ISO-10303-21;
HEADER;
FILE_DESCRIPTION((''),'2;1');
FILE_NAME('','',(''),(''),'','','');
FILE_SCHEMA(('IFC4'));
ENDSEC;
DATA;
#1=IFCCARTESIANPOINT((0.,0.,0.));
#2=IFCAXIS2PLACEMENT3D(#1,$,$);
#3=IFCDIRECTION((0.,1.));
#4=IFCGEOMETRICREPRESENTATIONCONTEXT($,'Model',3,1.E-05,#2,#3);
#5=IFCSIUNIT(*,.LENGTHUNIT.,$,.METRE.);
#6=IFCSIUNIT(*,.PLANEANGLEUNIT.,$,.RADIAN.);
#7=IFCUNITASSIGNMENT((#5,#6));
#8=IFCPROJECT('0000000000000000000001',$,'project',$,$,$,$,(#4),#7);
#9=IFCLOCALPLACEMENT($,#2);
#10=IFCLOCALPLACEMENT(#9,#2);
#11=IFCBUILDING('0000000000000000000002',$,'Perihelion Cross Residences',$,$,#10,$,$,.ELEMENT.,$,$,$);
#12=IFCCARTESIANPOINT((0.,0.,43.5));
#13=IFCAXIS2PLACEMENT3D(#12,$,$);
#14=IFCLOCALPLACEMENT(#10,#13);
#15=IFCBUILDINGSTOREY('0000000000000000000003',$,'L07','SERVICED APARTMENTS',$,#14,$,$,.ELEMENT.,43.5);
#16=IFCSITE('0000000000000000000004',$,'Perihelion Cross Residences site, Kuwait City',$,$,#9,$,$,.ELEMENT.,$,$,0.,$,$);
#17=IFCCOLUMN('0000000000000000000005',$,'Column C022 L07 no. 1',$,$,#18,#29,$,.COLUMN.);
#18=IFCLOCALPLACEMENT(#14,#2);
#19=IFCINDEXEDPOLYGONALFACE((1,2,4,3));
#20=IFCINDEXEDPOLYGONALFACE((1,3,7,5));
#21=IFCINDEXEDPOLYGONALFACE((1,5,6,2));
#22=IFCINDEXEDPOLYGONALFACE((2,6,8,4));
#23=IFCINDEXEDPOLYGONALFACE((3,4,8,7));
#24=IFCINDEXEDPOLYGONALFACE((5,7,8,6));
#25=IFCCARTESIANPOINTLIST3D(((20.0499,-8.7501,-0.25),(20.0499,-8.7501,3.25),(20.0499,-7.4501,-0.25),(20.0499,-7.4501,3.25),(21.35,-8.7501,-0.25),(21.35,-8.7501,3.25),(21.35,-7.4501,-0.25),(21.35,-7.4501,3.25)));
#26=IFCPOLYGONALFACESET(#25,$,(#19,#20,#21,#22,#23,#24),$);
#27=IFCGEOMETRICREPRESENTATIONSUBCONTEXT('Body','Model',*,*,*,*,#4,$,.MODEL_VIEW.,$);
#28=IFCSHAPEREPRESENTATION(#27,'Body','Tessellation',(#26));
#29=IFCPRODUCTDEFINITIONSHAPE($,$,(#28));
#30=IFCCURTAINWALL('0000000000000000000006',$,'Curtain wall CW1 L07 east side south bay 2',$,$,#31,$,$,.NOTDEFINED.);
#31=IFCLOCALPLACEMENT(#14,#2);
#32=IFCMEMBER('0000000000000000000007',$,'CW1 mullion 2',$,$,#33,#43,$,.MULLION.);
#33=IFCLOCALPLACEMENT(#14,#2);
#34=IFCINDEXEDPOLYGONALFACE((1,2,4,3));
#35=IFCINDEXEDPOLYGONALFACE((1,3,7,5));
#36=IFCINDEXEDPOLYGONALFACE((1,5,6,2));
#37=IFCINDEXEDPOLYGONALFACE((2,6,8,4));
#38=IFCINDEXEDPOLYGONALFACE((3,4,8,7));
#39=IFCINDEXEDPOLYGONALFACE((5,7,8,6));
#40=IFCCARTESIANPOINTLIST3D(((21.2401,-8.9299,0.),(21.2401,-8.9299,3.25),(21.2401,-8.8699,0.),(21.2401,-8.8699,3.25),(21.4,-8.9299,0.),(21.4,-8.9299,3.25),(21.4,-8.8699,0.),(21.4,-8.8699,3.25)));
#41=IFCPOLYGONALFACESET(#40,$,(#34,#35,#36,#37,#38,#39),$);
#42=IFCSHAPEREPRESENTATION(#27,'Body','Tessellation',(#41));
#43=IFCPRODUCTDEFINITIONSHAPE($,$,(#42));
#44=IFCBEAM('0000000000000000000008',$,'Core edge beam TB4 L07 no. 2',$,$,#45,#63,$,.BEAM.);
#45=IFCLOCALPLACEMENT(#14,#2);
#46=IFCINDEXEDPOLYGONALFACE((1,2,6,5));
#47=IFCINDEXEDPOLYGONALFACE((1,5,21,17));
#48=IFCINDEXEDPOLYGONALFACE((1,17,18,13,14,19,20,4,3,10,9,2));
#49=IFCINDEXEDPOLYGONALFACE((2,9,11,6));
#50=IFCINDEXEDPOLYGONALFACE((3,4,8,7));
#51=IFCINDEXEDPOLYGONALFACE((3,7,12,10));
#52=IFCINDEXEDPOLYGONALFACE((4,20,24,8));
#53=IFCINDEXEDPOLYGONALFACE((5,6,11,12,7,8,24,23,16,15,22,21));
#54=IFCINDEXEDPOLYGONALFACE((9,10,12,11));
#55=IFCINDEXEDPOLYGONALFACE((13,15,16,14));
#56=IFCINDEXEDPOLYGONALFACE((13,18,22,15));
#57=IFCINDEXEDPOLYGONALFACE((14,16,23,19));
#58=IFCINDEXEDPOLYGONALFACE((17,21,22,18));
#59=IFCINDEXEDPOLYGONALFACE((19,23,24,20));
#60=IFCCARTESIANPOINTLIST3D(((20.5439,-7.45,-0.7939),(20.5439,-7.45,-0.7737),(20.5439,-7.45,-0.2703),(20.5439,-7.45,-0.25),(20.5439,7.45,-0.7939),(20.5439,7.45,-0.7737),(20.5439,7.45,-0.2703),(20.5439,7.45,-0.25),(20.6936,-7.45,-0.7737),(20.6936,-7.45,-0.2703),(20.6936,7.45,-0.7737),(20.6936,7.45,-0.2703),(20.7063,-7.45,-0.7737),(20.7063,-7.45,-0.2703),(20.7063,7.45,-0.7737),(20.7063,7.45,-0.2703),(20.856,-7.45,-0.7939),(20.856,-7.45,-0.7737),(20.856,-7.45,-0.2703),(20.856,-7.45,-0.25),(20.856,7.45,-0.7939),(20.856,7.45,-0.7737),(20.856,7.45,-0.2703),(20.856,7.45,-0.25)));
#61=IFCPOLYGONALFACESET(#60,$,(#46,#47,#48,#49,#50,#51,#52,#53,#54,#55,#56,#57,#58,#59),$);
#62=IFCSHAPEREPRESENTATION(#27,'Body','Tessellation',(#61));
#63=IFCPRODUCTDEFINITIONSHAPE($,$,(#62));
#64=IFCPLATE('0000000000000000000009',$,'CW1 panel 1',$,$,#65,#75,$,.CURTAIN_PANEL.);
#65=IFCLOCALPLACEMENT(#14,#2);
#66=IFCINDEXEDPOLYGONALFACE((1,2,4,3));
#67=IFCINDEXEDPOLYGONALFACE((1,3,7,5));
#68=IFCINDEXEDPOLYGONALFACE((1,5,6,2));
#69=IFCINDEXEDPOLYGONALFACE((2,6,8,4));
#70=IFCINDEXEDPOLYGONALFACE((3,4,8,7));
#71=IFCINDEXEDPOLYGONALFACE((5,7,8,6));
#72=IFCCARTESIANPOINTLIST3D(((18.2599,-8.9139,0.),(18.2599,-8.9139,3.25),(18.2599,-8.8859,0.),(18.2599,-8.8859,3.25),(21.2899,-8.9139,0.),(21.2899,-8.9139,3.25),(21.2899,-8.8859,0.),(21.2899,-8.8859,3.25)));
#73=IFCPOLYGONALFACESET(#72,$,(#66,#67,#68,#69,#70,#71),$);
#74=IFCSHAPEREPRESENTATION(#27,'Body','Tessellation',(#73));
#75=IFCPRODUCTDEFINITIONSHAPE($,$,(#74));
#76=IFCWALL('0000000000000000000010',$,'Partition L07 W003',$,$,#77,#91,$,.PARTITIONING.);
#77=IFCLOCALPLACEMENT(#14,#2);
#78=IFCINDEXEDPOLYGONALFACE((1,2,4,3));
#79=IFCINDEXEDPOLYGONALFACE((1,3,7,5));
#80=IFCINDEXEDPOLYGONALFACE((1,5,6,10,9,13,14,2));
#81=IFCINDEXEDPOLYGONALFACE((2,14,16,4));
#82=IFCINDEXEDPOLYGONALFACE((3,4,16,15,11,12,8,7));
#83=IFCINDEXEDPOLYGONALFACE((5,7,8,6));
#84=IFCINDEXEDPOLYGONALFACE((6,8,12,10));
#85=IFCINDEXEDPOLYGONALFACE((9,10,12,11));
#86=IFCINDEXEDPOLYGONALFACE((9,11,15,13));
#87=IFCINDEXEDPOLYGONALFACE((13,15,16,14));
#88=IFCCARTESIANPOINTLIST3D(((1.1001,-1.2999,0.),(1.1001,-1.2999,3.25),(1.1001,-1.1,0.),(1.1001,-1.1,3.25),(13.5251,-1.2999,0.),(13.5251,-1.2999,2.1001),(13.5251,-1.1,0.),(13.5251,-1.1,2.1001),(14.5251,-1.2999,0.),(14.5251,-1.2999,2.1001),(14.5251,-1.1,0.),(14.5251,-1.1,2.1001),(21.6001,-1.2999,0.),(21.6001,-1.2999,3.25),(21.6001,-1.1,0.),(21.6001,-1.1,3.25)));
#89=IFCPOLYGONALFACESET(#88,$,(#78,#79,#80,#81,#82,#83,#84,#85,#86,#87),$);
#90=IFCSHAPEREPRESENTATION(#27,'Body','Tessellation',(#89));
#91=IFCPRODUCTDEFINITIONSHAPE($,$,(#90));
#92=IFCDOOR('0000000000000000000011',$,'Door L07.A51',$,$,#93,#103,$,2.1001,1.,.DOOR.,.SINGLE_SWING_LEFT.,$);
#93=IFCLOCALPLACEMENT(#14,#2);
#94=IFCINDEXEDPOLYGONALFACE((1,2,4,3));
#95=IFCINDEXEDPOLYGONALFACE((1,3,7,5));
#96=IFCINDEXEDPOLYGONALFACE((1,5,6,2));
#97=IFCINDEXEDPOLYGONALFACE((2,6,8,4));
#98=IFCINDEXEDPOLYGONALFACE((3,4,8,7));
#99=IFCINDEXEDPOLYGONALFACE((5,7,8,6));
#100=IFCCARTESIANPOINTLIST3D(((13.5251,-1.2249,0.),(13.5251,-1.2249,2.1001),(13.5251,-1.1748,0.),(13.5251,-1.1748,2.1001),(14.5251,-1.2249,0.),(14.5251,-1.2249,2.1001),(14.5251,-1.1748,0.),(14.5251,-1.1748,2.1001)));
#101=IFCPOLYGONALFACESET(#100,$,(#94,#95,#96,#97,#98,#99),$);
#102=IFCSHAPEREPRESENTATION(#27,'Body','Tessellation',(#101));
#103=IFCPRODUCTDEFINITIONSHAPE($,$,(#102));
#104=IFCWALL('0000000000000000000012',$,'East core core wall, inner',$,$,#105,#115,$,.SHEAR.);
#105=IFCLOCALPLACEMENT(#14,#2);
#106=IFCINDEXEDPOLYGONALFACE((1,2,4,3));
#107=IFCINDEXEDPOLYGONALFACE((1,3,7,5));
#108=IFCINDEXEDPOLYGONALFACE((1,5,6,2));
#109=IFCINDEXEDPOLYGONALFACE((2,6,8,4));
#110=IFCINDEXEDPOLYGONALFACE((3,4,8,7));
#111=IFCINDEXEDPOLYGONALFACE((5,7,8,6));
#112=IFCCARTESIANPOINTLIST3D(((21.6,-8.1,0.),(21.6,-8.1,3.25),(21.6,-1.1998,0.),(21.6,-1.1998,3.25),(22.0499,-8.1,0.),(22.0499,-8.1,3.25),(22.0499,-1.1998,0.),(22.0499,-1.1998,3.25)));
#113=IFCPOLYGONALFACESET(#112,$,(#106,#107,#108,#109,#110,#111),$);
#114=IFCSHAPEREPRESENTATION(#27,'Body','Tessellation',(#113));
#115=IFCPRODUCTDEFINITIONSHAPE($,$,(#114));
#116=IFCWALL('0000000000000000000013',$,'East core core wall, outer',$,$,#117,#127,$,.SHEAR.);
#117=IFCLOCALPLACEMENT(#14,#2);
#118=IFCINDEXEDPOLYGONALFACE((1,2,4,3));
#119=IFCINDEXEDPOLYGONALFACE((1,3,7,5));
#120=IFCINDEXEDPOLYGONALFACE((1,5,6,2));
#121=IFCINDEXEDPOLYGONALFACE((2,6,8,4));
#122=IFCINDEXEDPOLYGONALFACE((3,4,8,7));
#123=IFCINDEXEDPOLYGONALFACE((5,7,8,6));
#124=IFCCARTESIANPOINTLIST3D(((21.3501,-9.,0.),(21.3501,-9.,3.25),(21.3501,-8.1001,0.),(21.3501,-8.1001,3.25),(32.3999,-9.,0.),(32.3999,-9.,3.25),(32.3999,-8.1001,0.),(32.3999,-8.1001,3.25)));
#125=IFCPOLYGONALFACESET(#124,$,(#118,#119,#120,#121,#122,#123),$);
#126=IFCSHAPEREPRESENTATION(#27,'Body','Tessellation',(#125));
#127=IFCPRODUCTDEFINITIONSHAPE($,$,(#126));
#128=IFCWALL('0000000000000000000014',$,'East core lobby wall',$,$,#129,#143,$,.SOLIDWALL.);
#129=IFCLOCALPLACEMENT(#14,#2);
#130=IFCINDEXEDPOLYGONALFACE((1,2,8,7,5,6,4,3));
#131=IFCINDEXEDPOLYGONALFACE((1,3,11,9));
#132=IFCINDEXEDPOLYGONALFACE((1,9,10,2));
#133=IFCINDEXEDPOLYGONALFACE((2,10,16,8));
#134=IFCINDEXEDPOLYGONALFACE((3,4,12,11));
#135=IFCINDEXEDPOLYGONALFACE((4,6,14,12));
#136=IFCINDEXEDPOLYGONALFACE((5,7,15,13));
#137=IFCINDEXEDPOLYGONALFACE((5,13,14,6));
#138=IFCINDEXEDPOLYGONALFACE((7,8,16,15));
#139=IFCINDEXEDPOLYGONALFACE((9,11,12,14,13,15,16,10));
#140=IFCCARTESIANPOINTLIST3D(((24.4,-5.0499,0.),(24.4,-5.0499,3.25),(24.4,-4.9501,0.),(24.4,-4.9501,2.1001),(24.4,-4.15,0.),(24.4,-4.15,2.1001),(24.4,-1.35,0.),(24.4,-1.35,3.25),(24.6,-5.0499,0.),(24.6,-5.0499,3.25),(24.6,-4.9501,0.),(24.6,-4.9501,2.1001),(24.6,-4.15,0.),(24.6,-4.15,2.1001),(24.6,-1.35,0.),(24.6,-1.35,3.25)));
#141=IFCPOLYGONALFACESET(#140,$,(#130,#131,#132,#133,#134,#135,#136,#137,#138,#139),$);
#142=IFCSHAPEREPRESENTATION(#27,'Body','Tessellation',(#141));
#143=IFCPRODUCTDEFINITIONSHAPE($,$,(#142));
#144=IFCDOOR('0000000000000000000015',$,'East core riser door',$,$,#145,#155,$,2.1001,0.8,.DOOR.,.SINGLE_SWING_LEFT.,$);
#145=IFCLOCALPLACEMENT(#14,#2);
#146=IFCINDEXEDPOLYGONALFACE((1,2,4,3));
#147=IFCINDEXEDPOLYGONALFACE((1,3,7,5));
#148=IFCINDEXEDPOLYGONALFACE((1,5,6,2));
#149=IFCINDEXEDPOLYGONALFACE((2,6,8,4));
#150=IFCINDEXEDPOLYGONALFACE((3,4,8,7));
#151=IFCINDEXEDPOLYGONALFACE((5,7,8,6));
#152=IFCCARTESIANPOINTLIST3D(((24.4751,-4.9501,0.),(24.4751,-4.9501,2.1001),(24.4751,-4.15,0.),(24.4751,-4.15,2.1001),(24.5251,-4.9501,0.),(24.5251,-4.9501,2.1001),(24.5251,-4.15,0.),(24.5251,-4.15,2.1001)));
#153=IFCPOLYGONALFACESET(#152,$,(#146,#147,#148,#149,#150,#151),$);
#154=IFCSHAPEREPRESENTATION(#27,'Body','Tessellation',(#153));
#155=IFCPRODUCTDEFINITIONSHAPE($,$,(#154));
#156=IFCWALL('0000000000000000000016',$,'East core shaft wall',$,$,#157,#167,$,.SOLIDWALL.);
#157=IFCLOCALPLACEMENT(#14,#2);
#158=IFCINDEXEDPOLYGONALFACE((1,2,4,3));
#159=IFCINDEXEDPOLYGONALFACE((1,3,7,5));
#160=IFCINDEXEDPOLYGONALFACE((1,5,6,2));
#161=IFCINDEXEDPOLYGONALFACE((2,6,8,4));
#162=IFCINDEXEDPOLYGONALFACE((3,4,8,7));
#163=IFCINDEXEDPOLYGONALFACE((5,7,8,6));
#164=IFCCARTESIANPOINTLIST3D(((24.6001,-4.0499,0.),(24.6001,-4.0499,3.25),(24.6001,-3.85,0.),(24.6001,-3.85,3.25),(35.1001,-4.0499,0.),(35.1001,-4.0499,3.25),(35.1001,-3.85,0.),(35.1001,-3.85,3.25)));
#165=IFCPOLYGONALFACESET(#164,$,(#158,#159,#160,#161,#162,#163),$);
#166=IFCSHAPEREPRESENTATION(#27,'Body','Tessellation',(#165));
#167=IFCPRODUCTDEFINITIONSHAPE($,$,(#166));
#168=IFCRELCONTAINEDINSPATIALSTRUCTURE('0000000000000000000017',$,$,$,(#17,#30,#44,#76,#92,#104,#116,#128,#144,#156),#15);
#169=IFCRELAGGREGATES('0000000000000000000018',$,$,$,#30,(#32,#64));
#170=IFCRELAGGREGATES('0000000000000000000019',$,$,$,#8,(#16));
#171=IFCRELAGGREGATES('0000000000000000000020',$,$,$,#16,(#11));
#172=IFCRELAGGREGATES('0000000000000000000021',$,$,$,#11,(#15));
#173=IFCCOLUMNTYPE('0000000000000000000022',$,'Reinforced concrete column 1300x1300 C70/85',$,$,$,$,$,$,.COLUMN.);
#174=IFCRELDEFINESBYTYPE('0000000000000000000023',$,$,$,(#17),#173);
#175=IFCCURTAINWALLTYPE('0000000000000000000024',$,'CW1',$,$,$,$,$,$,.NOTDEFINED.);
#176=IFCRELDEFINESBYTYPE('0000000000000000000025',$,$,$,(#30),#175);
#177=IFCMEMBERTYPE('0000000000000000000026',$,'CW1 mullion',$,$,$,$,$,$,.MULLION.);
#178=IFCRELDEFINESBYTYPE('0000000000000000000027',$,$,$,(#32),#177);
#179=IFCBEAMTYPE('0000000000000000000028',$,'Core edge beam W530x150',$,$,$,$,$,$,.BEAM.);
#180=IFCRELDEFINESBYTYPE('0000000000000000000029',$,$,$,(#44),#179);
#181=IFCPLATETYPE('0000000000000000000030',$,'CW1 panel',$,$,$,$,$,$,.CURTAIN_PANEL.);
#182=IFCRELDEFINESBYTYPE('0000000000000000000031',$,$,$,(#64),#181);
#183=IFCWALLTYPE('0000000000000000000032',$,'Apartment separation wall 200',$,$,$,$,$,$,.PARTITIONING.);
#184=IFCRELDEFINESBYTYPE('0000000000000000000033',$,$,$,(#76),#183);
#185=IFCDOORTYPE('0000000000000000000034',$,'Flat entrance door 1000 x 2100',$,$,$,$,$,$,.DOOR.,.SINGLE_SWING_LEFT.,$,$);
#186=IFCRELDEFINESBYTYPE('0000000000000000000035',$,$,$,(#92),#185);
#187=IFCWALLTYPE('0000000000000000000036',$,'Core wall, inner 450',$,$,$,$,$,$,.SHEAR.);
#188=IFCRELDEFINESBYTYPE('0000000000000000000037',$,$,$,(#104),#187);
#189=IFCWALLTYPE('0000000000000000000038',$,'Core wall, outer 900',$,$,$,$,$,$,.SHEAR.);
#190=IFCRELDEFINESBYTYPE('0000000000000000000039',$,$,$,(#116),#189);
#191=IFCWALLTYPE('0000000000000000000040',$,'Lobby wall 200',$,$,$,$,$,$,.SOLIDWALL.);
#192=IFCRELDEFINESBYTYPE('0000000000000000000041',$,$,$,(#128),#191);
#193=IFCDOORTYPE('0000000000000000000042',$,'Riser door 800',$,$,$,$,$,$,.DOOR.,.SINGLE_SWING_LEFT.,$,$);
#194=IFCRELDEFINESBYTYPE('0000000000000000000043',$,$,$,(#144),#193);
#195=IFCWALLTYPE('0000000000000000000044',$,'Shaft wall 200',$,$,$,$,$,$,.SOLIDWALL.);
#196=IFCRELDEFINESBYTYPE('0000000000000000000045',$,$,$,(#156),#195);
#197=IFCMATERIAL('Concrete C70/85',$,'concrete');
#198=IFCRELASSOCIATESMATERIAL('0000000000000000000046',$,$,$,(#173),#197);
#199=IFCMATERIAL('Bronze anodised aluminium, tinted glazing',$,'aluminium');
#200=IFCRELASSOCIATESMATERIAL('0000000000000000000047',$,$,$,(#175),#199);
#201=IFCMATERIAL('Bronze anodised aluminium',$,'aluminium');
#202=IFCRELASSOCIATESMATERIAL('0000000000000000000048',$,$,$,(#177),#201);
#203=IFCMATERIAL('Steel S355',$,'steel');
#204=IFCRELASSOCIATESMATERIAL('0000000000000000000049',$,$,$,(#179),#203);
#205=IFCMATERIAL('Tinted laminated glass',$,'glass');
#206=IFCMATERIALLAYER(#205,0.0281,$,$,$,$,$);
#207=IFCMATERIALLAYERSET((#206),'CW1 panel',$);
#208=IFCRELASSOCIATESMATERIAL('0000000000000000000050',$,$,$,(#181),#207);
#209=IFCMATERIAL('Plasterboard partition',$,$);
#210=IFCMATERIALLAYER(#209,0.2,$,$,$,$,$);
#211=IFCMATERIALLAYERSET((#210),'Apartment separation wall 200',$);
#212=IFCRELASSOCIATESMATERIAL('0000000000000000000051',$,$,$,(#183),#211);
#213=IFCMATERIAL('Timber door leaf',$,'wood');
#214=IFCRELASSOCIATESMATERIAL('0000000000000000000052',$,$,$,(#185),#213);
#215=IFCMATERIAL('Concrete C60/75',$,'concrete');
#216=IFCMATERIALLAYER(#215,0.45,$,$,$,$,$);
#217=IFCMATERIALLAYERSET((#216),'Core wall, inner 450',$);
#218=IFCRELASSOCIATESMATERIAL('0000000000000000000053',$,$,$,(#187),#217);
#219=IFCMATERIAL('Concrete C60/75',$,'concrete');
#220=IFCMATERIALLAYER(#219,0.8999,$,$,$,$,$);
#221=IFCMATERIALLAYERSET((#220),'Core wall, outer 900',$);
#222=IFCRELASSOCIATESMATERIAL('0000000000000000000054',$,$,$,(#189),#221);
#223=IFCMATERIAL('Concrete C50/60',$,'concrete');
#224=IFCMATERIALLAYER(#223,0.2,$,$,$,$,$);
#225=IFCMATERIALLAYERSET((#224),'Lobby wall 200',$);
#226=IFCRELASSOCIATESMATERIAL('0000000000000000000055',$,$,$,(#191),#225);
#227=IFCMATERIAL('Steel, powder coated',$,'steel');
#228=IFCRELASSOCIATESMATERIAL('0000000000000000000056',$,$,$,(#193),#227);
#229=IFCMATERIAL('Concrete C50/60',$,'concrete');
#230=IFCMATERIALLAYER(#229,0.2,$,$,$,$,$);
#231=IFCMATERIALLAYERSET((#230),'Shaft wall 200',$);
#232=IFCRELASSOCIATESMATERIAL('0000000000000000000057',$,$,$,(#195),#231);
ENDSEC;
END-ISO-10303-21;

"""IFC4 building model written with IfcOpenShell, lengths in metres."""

from ifc_helpers import new_model, si_unit, direction, frame, frame_2d, origin, origin_2d, place, context, subcontext, project, spatial, rectangle, i_section, extrude, material, layer, layer_set, material_profile, profile_set, type_object, element, fill, aggregate, save


model = new_model("IFC4")

# Units and contexts
model_context = context("Model", 3, precision=1e-05, world=origin(), true_north=direction((0.0, 1.0)))
body_context = subcontext(model_context, "Body", "Model", "MODEL_VIEW")
ifc_project = project(units=[si_unit("LENGTHUNIT", "METRE"), si_unit("PLANEANGLEUNIT", "RADIAN")], contexts=[model_context])

# Site, building, storey
site_placement = place(None, origin())
site = spatial("IfcSite", under=ifc_project, at=site_placement, Name="Perihelion Cross Residences site, Kuwait City", CompositionType="ELEMENT", RefElevation=0.0)
building_placement = place(site_placement, origin())
building = spatial("IfcBuilding", under=site, at=building_placement, Name="Perihelion Cross Residences", CompositionType="ELEMENT")
storey_placement = place(building_placement, frame((0.0, 0.0, 43.5)))
storey = spatial("IfcBuildingStorey", under=building, at=storey_placement, Name="L07", Description="SERVICED APARTMENTS", CompositionType="ELEMENT", Elevation=43.5)

# Column
ifc_material_1 = material(Name="Concrete C70/85", Category="concrete")
ifc_material_profile_1 = material_profile(ifc_material_1, rectangle(XDim=1.3, YDim=1.3, at=origin_2d()), Name="RC 1300x1300")
ifc_profile_set_1 = profile_set([ifc_material_profile_1], Name="Concrete C70/85")
column_type = type_object("IfcColumnType", Name="Reinforced concrete column 1300x1300 C70/85", PredefinedType="COLUMN", material=ifc_profile_set_1)
column_placement = place(storey_placement, frame((20.7, -8.1001, -0.25), z_axis=(0.0, 0.0, 1.0), x_axis=(1.0, 0.0, 0.0)))
element("IfcColumn", 1, at=column_placement, inside=storey, type_object=column_type, Name="Column C022 L07 no. 1", PredefinedType="COLUMN", context=body_context, shape_type="SweptSolid", body=[
    extrude(rectangle(XDim=1.3, YDim=1.3, at=origin_2d()), origin(), (0.0, 0.0, 1.0), 3.5),
])

# Curtain wall, member
ifc_material_2 = material(Name="Bronze anodised aluminium, tinted glazing", Category="aluminium")
curtain_wall_type = type_object("IfcCurtainWallType", Name="CW1", PredefinedType="NOTDEFINED", material=ifc_material_2)
curtain_wall_placement = place(storey_placement, origin())
curtain_wall = element("IfcCurtainWall", 2, at=curtain_wall_placement, inside=storey, type_object=curtain_wall_type, Name="Curtain wall CW1 L07 east side south bay 2", PredefinedType="NOTDEFINED")
ifc_material_3 = material(Name="Bronze anodised aluminium", Category="aluminium")
ifc_material_profile_2 = material_profile(ifc_material_3, rectangle(XDim=0.0601, YDim=0.1599, at=origin_2d()), Name="CW1 mullion")
ifc_profile_set_2 = profile_set([ifc_material_profile_2], Name="Bronze anodised aluminium")
member_type = type_object("IfcMemberType", Name="CW1 mullion", PredefinedType="MULLION", material=ifc_profile_set_2)
member_placement = place(storey_placement, frame((21.3201, -8.8999, 0.0), z_axis=(0.0, 0.0, 1.0), x_axis=(0.0, 1.0, 0.0)))
member = element("IfcMember", 3, at=member_placement, type_object=member_type, Name="CW1 mullion 2", PredefinedType="MULLION", context=body_context, shape_type="SweptSolid", body=[
    extrude(rectangle(XDim=0.0601, YDim=0.1599, at=origin_2d()), origin(), (0.0, 0.0, 1.0), 3.25),
])

# Beam
ifc_material_4 = material(Name="Steel S355", Category="steel")
ifc_material_profile_3 = material_profile(ifc_material_4, i_section(OverallWidth=0.312, OverallDepth=0.5439, WebThickness=0.0127, FlangeThickness=0.0203, at=origin_2d()), Name="W530x150")
ifc_profile_set_3 = profile_set([ifc_material_profile_3], Name="Steel S355")
beam_type = type_object("IfcBeamType", Name="Core edge beam W530x150", PredefinedType="BEAM", material=ifc_profile_set_3)
beam_placement = place(storey_placement, frame((20.7, -7.45, -0.522), z_axis=(0.0, 1.0, 0.0), x_axis=(-1.0, 0.0, 0.0)))
element("IfcBeam", 4, at=beam_placement, inside=storey, type_object=beam_type, Name="Core edge beam TB4 L07 no. 2", PredefinedType="BEAM", context=body_context, shape_type="SweptSolid", body=[
    extrude(i_section(OverallWidth=0.312, OverallDepth=0.5439, WebThickness=0.0127, FlangeThickness=0.0203, at=origin_2d()), origin(), (0.0, 0.0, 1.0), 14.8999),
])

# Plate
ifc_material_5 = material(Name="Tinted laminated glass", Category="glass")
ifc_layer_1 = layer(ifc_material_5, 0.0281)
ifc_layer_set_1 = layer_set([ifc_layer_1], Name="CW1 panel")
plate_type = type_object("IfcPlateType", Name="CW1 panel", PredefinedType="CURTAIN_PANEL", material=ifc_layer_set_1)
plate_placement = place(storey_placement, frame((19.7749, -8.8999, 0.0), z_axis=(0.0, 0.0, 1.0), x_axis=(1.0, 0.0, 0.0)))
plate = element("IfcPlate", 5, at=plate_placement, type_object=plate_type, Name="CW1 panel 1", PredefinedType="CURTAIN_PANEL", context=body_context, shape_type="SweptSolid", body=[
    extrude(rectangle(XDim=3.03, YDim=0.0281, at=origin_2d()), origin(), (0.0, 0.0, 1.0), 3.25),
])
aggregate(curtain_wall, [member, plate])

# Wall, opening, door
ifc_material_6 = material(Name="Plasterboard partition")
ifc_layer_2 = layer(ifc_material_6, 0.2)
ifc_layer_set_2 = layer_set([ifc_layer_2], Name="Apartment separation wall 200")
wall_type_1 = type_object("IfcWallType", Name="Apartment separation wall 200", PredefinedType="PARTITIONING", material=ifc_layer_set_2)
wall_1_placement = place(storey_placement, frame((21.6001, -1.2, 0.0), z_axis=(0.0, 0.0, 1.0), x_axis=(-1.0, 0.0, 0.0)))
wall_1 = element("IfcWall", 6, at=wall_1_placement, inside=storey, type_object=wall_type_1, Name="Partition L07 W003", PredefinedType="PARTITIONING", context=body_context, shape_type="SweptSolid", body=[
    extrude(rectangle(XDim=20.5, YDim=0.2, at=frame_2d((10.25, 0.0))), origin(), (0.0, 0.0, 1.0), 3.25),
])
opening_1_placement = place(wall_1_placement, frame((7.075, 0.0, 0.0)))
opening_1 = element("IfcOpeningElement", 7, at=opening_1_placement, cuts=wall_1, PredefinedType="OPENING", context=body_context, shape_type="SweptSolid", body=[
    extrude(rectangle(XDim=1.0, YDim=2.1001, at=frame_2d((0.5, 1.05))), frame((0.0, 0.1099, 0.0), z_axis=(0.0, -1.0, 0.0), x_axis=(1.0, 0.0, 0.0)), (0.0, 0.0, 1.0), 0.22),
])
ifc_material_7 = material(Name="Timber door leaf", Category="wood")
door_type_1 = type_object("IfcDoorType", Name="Flat entrance door 1000 x 2100", OperationType="SINGLE_SWING_LEFT", PredefinedType="DOOR", material=ifc_material_7)
door_1_placement = place(opening_1_placement, origin())
door_1 = element("IfcDoor", 8, at=door_1_placement, inside=storey, type_object=door_type_1, Name="Door L07.A51", OperationType="SINGLE_SWING_LEFT", OverallHeight=2.1001, OverallWidth=1.0, PredefinedType="DOOR", context=body_context, shape_type="SweptSolid", body=[
    extrude(rectangle(XDim=1.0, YDim=2.1001, at=frame_2d((0.5, 1.05))), frame((0.0, 0.0249, 0.0), z_axis=(0.0, -1.0, 0.0), x_axis=(1.0, 0.0, 0.0)), (0.0, 0.0, 1.0), 0.05),
])
fill(opening_1, door_1)

# Walls
ifc_material_8 = material(Name="Concrete C60/75", Category="concrete")
ifc_layer_3 = layer(ifc_material_8, 0.45)
ifc_layer_set_3 = layer_set([ifc_layer_3], Name="Core wall, inner 450")
wall_type_2 = type_object("IfcWallType", Name="Core wall, inner 450", PredefinedType="SHEAR", material=ifc_layer_set_3)
wall_2_placement = place(storey_placement, frame((21.825, -8.1001, 0.0), z_axis=(0.0, 0.0, 1.0), x_axis=(0.0, 1.0, 0.0)))
element("IfcWall", 9, at=wall_2_placement, inside=storey, type_object=wall_type_2, Name="East core core wall, inner", PredefinedType="SHEAR", context=body_context, shape_type="SweptSolid", body=[
    extrude(rectangle(XDim=6.9001, YDim=0.45, at=frame_2d((3.4502, 0.0))), origin(), (0.0, 0.0, 1.0), 3.25),
])
ifc_material_9 = material(Name="Concrete C60/75", Category="concrete")
ifc_layer_4 = layer(ifc_material_9, 0.8999)
ifc_layer_set_4 = layer_set([ifc_layer_4], Name="Core wall, outer 900")
wall_type_3 = type_object("IfcWallType", Name="Core wall, outer 900", PredefinedType="SHEAR", material=ifc_layer_set_4)
wall_3_placement = place(storey_placement, frame((21.3501, -8.55, 0.0), z_axis=(0.0, 0.0, 1.0), x_axis=(1.0, 0.0, 0.0)))
element("IfcWall", 10, at=wall_3_placement, inside=storey, type_object=wall_type_3, Name="East core core wall, outer", PredefinedType="SHEAR", context=body_context, shape_type="SweptSolid", body=[
    extrude(rectangle(XDim=11.0498, YDim=0.8999, at=frame_2d((5.5249, 0.0))), origin(), (0.0, 0.0, 1.0), 3.25),
])

# Wall, opening, door
ifc_material_10 = material(Name="Concrete C50/60", Category="concrete")
ifc_layer_5 = layer(ifc_material_10, 0.2)
ifc_layer_set_5 = layer_set([ifc_layer_5], Name="Lobby wall 200")
wall_type_4 = type_object("IfcWallType", Name="Lobby wall 200", PredefinedType="SOLIDWALL", material=ifc_layer_set_5)
wall_4_placement = place(storey_placement, frame((24.5, -5.05, 0.0), z_axis=(0.0, 0.0, 1.0), x_axis=(0.0, 1.0, 0.0)))
wall_4 = element("IfcWall", 11, at=wall_4_placement, inside=storey, type_object=wall_type_4, Name="East core lobby wall", PredefinedType="SOLIDWALL", context=body_context, shape_type="SweptSolid", body=[
    extrude(rectangle(XDim=3.7, YDim=0.2, at=frame_2d((1.8501, 0.0))), origin(), (0.0, 0.0, 1.0), 3.25),
])
opening_2_placement = place(wall_4_placement, frame((0.1001, 0.0, 0.0)))
opening_2 = element("IfcOpeningElement", 12, at=opening_2_placement, cuts=wall_4, PredefinedType="OPENING", context=body_context, shape_type="SweptSolid", body=[
    extrude(rectangle(XDim=0.8, YDim=2.1001, at=frame_2d((0.3999, 1.05))), frame((0.0, 0.1099, 0.0), z_axis=(0.0, -1.0, 0.0), x_axis=(1.0, 0.0, 0.0)), (0.0, 0.0, 1.0), 0.22),
])
ifc_material_11 = material(Name="Steel, powder coated", Category="steel")
door_type_2 = type_object("IfcDoorType", Name="Riser door 800", OperationType="SINGLE_SWING_LEFT", PredefinedType="DOOR", material=ifc_material_11)
door_2_placement = place(opening_2_placement, origin())
door_2 = element("IfcDoor", 13, at=door_2_placement, inside=storey, type_object=door_type_2, Name="East core riser door", OperationType="SINGLE_SWING_LEFT", OverallHeight=2.1001, OverallWidth=0.8, PredefinedType="DOOR", context=body_context, shape_type="SweptSolid", body=[
    extrude(rectangle(XDim=0.8, YDim=2.1001, at=frame_2d((0.3999, 1.05))), frame((0.0, 0.0249, 0.0), z_axis=(0.0, -1.0, 0.0), x_axis=(1.0, 0.0, 0.0)), (0.0, 0.0, 1.0), 0.05),
])
fill(opening_2, door_2)

# Wall
ifc_material_12 = material(Name="Concrete C50/60", Category="concrete")
ifc_layer_6 = layer(ifc_material_12, 0.2)
ifc_layer_set_6 = layer_set([ifc_layer_6], Name="Shaft wall 200")
wall_type_5 = type_object("IfcWallType", Name="Shaft wall 200", PredefinedType="SOLIDWALL", material=ifc_layer_set_6)
wall_5_placement = place(storey_placement, frame((24.6001, -3.95, 0.0), z_axis=(0.0, 0.0, 1.0), x_axis=(1.0, 0.0, 0.0)))
element("IfcWall", 14, at=wall_5_placement, inside=storey, type_object=wall_type_5, Name="East core shaft wall", PredefinedType="SOLIDWALL", context=body_context, shape_type="SweptSolid", body=[
    extrude(rectangle(XDim=10.5, YDim=0.2, at=frame_2d((5.25, 0.0))), origin(), (0.0, 0.0, 1.0), 3.25),
])

save(model, "model.ifc")
